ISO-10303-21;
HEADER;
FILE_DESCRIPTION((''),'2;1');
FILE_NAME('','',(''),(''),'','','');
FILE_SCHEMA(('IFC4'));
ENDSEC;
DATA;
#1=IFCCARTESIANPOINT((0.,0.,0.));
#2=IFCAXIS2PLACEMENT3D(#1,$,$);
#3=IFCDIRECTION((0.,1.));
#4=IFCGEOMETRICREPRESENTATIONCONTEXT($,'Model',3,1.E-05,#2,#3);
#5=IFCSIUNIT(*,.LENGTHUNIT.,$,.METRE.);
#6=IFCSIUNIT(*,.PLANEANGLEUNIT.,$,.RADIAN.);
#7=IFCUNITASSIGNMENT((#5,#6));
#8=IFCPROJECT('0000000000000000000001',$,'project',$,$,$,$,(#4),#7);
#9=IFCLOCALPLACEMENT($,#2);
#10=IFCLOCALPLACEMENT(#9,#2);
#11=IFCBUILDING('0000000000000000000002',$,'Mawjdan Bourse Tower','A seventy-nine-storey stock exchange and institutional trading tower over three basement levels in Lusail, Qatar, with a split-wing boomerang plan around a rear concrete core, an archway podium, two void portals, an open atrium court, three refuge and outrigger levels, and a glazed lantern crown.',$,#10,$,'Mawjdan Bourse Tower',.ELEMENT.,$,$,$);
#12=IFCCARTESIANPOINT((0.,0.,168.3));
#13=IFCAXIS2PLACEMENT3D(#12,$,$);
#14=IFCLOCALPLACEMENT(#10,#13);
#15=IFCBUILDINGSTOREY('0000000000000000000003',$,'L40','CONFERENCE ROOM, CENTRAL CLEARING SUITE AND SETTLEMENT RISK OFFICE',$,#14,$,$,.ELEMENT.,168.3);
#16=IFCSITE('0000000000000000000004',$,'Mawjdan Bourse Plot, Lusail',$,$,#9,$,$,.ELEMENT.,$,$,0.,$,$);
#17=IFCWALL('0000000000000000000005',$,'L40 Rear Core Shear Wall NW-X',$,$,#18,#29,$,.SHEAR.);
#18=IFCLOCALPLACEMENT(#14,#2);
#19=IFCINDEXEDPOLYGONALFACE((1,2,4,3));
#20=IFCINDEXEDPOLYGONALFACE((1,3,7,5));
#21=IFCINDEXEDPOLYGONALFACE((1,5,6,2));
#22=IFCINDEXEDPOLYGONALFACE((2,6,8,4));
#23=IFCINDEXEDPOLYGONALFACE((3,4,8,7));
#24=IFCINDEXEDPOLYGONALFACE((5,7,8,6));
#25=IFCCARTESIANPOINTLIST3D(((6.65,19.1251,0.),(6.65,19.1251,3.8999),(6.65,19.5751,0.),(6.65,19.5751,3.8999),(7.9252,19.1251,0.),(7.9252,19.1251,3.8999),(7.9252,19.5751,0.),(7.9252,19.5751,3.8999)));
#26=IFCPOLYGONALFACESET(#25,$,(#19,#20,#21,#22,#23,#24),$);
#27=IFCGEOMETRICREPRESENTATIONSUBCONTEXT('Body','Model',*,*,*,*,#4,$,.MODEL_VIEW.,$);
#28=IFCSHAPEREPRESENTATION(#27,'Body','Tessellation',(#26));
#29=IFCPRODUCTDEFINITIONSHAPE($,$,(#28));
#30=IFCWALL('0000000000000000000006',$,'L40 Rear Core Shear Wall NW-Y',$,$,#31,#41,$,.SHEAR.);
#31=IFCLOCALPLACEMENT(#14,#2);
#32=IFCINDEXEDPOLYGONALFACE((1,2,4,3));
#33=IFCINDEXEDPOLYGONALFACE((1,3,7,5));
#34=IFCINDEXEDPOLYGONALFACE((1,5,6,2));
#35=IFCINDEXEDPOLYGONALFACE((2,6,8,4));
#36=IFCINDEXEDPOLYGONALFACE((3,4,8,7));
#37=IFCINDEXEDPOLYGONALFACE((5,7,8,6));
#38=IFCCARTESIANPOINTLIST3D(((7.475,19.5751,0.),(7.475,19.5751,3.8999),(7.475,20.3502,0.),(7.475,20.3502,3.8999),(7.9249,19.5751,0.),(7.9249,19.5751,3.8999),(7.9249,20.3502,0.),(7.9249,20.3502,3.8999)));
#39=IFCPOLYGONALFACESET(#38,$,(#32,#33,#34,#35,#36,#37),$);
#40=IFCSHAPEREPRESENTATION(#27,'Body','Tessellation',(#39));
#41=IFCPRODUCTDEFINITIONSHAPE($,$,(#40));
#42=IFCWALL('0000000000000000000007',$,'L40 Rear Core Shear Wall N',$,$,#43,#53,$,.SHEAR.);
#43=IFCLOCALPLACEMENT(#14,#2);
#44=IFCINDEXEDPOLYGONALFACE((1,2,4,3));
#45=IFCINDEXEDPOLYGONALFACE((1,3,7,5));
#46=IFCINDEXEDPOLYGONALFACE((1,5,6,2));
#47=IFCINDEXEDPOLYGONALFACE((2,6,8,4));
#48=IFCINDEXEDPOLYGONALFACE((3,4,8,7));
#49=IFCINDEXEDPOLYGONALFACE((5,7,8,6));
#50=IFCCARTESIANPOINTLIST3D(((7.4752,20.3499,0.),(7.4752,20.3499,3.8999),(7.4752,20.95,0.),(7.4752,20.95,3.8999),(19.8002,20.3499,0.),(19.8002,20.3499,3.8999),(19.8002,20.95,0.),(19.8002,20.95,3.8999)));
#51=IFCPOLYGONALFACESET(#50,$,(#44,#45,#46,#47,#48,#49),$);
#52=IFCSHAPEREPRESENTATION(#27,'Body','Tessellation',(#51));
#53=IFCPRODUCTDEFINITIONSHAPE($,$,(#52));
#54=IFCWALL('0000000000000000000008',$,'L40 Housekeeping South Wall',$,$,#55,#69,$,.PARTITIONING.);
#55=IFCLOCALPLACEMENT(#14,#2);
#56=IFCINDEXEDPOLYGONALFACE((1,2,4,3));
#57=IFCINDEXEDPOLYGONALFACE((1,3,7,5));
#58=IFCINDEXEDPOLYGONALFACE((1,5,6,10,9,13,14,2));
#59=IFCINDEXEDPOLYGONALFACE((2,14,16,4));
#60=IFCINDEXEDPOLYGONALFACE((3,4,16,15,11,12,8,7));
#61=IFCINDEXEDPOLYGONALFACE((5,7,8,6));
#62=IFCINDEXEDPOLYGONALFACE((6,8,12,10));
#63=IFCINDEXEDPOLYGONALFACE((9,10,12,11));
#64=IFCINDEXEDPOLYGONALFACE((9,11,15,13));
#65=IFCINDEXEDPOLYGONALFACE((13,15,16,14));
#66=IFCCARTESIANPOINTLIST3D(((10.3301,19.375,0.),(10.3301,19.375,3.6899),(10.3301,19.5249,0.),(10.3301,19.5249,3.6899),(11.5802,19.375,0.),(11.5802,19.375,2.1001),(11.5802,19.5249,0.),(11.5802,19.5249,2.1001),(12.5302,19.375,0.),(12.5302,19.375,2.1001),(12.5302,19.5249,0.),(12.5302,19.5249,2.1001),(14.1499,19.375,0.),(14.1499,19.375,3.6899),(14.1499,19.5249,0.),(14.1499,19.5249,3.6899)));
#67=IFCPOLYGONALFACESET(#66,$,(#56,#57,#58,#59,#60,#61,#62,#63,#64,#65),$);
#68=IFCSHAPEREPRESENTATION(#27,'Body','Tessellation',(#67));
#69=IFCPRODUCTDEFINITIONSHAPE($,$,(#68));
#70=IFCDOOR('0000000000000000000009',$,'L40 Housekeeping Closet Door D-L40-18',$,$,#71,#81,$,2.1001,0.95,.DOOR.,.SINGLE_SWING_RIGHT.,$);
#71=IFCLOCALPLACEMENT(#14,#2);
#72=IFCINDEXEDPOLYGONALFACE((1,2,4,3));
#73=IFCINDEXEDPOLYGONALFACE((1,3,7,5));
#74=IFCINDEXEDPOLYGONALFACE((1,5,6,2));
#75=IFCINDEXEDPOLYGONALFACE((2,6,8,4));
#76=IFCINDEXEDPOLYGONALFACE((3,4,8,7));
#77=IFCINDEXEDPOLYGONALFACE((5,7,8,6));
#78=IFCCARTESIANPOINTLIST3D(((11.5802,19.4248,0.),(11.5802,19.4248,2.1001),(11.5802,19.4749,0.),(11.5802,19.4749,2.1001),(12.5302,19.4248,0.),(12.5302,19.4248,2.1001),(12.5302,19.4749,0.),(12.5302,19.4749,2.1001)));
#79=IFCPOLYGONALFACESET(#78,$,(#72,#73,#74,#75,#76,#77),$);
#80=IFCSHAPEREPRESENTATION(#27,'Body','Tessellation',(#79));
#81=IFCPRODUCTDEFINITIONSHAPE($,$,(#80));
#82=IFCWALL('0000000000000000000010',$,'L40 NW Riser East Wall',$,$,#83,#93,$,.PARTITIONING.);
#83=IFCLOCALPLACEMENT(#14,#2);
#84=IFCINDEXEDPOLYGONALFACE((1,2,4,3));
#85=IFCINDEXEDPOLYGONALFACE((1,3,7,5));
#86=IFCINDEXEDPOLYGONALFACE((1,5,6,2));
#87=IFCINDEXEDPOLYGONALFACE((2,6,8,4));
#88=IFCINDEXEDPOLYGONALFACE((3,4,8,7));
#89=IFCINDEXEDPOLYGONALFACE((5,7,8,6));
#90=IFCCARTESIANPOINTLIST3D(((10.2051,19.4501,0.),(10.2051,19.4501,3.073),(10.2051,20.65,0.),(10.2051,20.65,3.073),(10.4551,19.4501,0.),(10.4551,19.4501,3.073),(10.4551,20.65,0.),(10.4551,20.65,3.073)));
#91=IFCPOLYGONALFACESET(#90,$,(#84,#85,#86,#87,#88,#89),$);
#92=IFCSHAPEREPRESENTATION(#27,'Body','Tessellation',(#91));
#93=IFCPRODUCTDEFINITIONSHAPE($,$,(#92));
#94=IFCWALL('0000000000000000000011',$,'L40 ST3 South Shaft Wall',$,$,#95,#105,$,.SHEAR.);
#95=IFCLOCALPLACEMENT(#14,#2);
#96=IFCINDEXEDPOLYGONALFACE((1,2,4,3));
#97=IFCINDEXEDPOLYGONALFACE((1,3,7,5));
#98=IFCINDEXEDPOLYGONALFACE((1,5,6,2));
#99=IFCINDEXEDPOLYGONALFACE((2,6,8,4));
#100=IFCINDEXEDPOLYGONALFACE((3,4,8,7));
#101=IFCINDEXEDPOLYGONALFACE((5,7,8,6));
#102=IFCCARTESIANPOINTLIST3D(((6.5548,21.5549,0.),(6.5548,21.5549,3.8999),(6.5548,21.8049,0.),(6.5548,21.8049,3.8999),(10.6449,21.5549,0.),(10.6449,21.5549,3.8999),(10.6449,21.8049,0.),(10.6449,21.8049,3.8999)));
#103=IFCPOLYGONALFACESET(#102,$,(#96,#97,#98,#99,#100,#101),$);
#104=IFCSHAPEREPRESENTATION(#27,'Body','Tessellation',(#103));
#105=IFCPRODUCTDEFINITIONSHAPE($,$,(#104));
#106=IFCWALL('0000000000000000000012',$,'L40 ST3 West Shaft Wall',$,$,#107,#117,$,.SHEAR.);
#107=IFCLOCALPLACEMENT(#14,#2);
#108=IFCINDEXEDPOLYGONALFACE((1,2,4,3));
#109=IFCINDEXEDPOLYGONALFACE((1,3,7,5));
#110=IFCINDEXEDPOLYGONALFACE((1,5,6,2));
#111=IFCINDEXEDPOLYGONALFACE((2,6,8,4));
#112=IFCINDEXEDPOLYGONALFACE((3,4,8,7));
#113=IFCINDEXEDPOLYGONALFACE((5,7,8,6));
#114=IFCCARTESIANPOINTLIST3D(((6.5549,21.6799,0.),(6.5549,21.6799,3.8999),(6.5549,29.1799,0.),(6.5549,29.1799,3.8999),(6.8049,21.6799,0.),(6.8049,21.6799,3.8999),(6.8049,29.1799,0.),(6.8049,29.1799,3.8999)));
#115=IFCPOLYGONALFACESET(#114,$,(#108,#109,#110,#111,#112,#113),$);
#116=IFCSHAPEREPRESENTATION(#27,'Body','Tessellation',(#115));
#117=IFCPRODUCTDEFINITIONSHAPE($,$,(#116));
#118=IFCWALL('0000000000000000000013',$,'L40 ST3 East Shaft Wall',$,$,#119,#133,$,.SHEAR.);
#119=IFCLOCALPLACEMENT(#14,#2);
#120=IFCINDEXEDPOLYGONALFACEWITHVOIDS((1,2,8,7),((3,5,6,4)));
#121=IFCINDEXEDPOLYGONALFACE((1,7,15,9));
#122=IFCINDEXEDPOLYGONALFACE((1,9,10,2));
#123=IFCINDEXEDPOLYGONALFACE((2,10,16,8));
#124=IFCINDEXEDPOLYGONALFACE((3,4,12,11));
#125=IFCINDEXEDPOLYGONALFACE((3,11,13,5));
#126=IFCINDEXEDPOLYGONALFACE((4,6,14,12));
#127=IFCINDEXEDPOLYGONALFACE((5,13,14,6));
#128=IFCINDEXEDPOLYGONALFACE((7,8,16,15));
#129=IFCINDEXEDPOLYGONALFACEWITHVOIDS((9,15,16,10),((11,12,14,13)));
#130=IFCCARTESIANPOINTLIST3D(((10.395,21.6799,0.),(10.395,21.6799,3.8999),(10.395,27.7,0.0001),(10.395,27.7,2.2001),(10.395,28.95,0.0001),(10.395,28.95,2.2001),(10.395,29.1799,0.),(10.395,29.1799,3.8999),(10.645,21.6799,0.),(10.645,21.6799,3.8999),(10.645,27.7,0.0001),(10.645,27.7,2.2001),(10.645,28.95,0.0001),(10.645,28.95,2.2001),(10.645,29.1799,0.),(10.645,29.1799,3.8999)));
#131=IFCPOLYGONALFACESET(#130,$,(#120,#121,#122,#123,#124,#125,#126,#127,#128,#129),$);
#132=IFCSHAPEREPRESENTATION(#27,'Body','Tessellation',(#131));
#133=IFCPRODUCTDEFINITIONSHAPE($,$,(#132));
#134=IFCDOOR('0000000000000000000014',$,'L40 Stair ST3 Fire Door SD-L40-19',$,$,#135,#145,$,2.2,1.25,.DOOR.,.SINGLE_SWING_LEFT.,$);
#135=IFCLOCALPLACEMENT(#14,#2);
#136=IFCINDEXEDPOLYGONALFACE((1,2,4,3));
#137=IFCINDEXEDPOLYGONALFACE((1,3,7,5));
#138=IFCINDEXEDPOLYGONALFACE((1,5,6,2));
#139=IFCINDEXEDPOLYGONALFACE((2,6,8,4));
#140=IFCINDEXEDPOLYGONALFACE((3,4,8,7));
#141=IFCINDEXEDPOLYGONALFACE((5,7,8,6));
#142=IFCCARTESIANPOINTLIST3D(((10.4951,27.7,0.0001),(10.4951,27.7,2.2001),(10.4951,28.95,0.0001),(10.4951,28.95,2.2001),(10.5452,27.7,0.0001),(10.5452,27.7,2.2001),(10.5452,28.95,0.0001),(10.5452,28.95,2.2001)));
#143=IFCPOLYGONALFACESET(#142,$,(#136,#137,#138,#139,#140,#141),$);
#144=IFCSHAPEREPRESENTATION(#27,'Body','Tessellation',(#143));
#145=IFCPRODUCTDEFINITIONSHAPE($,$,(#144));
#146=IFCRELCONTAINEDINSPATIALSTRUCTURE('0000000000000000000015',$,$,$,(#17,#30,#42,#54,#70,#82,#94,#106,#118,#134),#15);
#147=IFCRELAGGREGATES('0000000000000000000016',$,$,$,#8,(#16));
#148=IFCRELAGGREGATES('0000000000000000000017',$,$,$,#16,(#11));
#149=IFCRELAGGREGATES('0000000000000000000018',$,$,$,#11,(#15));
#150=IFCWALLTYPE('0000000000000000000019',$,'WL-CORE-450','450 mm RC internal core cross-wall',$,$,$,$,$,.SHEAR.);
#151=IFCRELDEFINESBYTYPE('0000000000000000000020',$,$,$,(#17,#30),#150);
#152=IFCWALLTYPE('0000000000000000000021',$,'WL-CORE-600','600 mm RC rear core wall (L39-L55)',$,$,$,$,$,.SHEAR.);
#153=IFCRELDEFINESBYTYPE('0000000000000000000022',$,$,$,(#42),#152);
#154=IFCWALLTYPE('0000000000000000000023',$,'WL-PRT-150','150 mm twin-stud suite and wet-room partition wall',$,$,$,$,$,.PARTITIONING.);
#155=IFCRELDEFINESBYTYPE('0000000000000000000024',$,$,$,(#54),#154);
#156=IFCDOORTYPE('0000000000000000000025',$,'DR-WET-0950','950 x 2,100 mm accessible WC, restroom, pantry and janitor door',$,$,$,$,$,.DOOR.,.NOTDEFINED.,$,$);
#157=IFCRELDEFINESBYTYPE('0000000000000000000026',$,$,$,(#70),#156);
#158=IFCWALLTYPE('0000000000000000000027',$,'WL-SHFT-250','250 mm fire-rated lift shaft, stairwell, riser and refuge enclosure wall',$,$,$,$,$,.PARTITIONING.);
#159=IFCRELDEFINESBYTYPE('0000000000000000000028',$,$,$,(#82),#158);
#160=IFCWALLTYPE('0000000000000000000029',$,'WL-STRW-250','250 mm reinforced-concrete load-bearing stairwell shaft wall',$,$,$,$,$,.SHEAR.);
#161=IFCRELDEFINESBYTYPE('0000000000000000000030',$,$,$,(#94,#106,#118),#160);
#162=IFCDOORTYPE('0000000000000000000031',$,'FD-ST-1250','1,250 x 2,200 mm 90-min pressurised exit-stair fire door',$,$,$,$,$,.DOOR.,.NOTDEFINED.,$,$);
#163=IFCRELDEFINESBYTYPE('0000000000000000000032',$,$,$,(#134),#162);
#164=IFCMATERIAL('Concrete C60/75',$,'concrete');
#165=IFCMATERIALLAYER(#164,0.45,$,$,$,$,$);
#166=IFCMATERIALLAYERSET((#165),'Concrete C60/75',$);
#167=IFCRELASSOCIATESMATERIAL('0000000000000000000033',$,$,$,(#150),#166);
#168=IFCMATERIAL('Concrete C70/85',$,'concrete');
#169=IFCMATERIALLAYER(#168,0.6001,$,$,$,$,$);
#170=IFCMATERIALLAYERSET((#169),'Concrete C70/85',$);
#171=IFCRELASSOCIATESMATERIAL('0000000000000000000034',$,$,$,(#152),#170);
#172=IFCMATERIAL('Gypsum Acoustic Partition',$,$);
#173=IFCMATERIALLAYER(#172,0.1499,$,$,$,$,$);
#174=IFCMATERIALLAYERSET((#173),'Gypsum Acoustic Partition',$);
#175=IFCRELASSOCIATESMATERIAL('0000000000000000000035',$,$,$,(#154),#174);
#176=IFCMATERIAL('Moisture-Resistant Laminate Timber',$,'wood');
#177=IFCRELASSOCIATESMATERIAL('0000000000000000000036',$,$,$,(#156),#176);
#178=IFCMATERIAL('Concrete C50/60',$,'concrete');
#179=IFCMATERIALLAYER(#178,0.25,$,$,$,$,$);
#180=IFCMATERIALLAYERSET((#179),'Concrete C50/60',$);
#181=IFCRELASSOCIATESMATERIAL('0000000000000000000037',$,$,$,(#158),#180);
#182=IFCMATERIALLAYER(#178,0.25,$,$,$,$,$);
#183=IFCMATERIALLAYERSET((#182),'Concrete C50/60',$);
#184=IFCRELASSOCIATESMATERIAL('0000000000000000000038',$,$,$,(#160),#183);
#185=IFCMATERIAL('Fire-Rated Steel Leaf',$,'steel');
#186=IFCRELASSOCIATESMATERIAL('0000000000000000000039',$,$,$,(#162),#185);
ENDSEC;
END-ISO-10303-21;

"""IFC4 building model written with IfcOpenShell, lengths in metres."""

from ifc_helpers import new_model, si_unit, direction, frame, frame_2d, origin, place, context, subcontext, project, spatial, rectangle, extrude, material, layer, layer_set, type_object, element, fill, save


model = new_model("IFC4")

# Units and contexts
model_context = context("Model", 3, precision=1e-05, world=origin(), true_north=direction((0.0, 1.0)))
body_context = subcontext(model_context, "Body", "Model", "MODEL_VIEW")
ifc_project = project(units=[si_unit("LENGTHUNIT", "METRE"), si_unit("PLANEANGLEUNIT", "RADIAN")], contexts=[model_context])

# Site, building, storey
site_placement = place(None, origin())
site = spatial("IfcSite", under=ifc_project, at=site_placement, Name="Mawjdan Bourse Plot, Lusail", CompositionType="ELEMENT", RefElevation=0.0)
building_placement = place(site_placement, origin())
building = spatial("IfcBuilding", under=site, at=building_placement, Name="Mawjdan Bourse Tower", Description="A seventy-nine-storey stock exchange and institutional trading tower over three basement levels in Lusail, Qatar, with a split-wing boomerang plan around a rear concrete core, an archway podium, two void portals, an open atrium court, three refuge and outrigger levels, and a glazed lantern crown.", LongName="Mawjdan Bourse Tower", CompositionType="ELEMENT")
storey_placement = place(building_placement, frame((0.0, 0.0, 168.3)))
storey = spatial("IfcBuildingStorey", under=building, at=storey_placement, Name="L40", Description="CONFERENCE ROOM, CENTRAL CLEARING SUITE AND SETTLEMENT RISK OFFICE", CompositionType="ELEMENT", Elevation=168.3)

# Shared definitions
ifc_material_1 = material(Name="Concrete C70/85", Category="concrete")

# Walls
ifc_material_2 = material(Name="Concrete C60/75", Category="concrete")
ifc_layer_1 = layer(ifc_material_2, 0.45)
ifc_layer_set_1 = layer_set([ifc_layer_1], Name="Concrete C60/75")
wall_type_1 = type_object("IfcWallType", Name="WL-CORE-450", Description="450 mm RC internal core cross-wall", PredefinedType="SHEAR", material=ifc_layer_set_1)
wall_1_placement = place(storey_placement, frame((6.6499, 19.3501, 0.0), z_axis=(0.0, 0.0, 1.0), x_axis=(1.0, 0.0, 0.0)))
element("IfcWall", 1, at=wall_1_placement, inside=storey, type_object=wall_type_1, Name="L40 Rear Core Shear Wall NW-X", PredefinedType="SHEAR", context=body_context, shape_type="SweptSolid", body=[
    extrude(rectangle(XDim=1.2751, YDim=0.45, at=frame_2d((0.6377, 0.0))), origin(), (0.0, 0.0, 1.0), 3.8999),
])
wall_2_placement = place(storey_placement, frame((7.7, 19.575, 0.0), z_axis=(0.0, 0.0, 1.0), x_axis=(0.0, 1.0, 0.0)))
element("IfcWall", 2, at=wall_2_placement, inside=storey, type_object=wall_type_1, Name="L40 Rear Core Shear Wall NW-Y", PredefinedType="SHEAR", context=body_context, shape_type="SweptSolid", body=[
    extrude(rectangle(XDim=0.7751, YDim=0.45, at=frame_2d((0.3877, 0.0))), origin(), (0.0, 0.0, 1.0), 3.8999),
])
ifc_layer_2 = layer(ifc_material_1, 0.6001)
ifc_layer_set_2 = layer_set([ifc_layer_2], Name="Concrete C70/85")
wall_type_2 = type_object("IfcWallType", Name="WL-CORE-600", Description="600 mm RC rear core wall (L39-L55)", PredefinedType="SHEAR", material=ifc_layer_set_2)
wall_3_placement = place(storey_placement, frame((7.4751, 20.6499, 0.0), z_axis=(0.0, 0.0, 1.0), x_axis=(1.0, 0.0, 0.0)))
element("IfcWall", 3, at=wall_3_placement, inside=storey, type_object=wall_type_2, Name="L40 Rear Core Shear Wall N", PredefinedType="SHEAR", context=body_context, shape_type="SweptSolid", body=[
    extrude(rectangle(XDim=12.325, YDim=0.6001, at=frame_2d((6.1626, 0.0))), origin(), (0.0, 0.0, 1.0), 3.8999),
])

# Wall, opening, door
ifc_material_3 = material(Name="Gypsum Acoustic Partition")
ifc_layer_3 = layer(ifc_material_3, 0.1499)
ifc_layer_set_3 = layer_set([ifc_layer_3], Name="Gypsum Acoustic Partition")
wall_type_3 = type_object("IfcWallType", Name="WL-PRT-150", Description="150 mm twin-stud suite and wet-room partition wall", PredefinedType="PARTITIONING", material=ifc_layer_set_3)
wall_4_placement = place(storey_placement, frame((10.3301, 19.45, 0.0), z_axis=(0.0, 0.0, 1.0), x_axis=(1.0, 0.0, 0.0)))
wall_4 = element("IfcWall", 4, at=wall_4_placement, inside=storey, type_object=wall_type_3, Name="L40 Housekeeping South Wall", PredefinedType="PARTITIONING", context=body_context, shape_type="SweptSolid", body=[
    extrude(rectangle(XDim=3.8198, YDim=0.1499, at=frame_2d((1.9099, 0.0))), origin(), (0.0, 0.0, 1.0), 3.6899),
])
opening_1_placement = place(wall_4_placement, frame((1.25, 0.0, 0.0)))
opening_1 = element("IfcOpeningElement", 5, at=opening_1_placement, cuts=wall_4, PredefinedType="OPENING", context=body_context, shape_type="SweptSolid", body=[
    extrude(rectangle(XDim=0.95, YDim=2.1001, at=frame_2d((0.4751, 1.05))), frame((0.0, 0.085, 0.0), z_axis=(0.0, -1.0, 0.0), x_axis=(1.0, 0.0, 0.0)), (0.0, 0.0, 1.0), 0.1699),
])
ifc_material_4 = material(Name="Moisture-Resistant Laminate Timber", Category="wood")
door_type_1 = type_object("IfcDoorType", Name="DR-WET-0950", Description="950 x 2,100 mm accessible WC, restroom, pantry and janitor door", OperationType="NOTDEFINED", PredefinedType="DOOR", material=ifc_material_4)
door_1_placement = place(opening_1_placement, origin())
door_1 = element("IfcDoor", 6, at=door_1_placement, inside=storey, type_object=door_type_1, Name="L40 Housekeeping Closet Door D-L40-18", OperationType="SINGLE_SWING_RIGHT", OverallHeight=2.1001, OverallWidth=0.95, PredefinedType="DOOR", context=body_context, shape_type="SweptSolid", body=[
    extrude(rectangle(XDim=0.95, YDim=2.1001, at=frame_2d((0.4751, 1.05))), frame((0.0, 0.0249, 0.0), z_axis=(0.0, -1.0, 0.0), x_axis=(1.0, 0.0, 0.0)), (0.0, 0.0, 1.0), 0.05),
])
fill(opening_1, door_1)

# Walls
ifc_material_5 = material(Name="Concrete C50/60", Category="concrete")
ifc_layer_4 = layer(ifc_material_5, 0.25)
ifc_layer_set_4 = layer_set([ifc_layer_4], Name="Concrete C50/60")
wall_type_4 = type_object("IfcWallType", Name="WL-SHFT-250", Description="250 mm fire-rated lift shaft, stairwell, riser and refuge enclosure wall", PredefinedType="PARTITIONING", material=ifc_layer_set_4)
wall_5_placement = place(storey_placement, frame((10.3301, 19.45, 0.0), z_axis=(0.0, 0.0, 1.0), x_axis=(0.0, 1.0, 0.0)))
element("IfcWall", 7, at=wall_5_placement, inside=storey, type_object=wall_type_4, Name="L40 NW Riser East Wall", PredefinedType="PARTITIONING", context=body_context, shape_type="SweptSolid", body=[
    extrude(rectangle(XDim=1.2, YDim=0.25, at=frame_2d((0.6001, 0.0))), origin(), (0.0, 0.0, 1.0), 3.073),
])
ifc_layer_5 = layer(ifc_material_5, 0.25)
ifc_layer_set_5 = layer_set([ifc_layer_5], Name="Concrete C50/60")
wall_type_5 = type_object("IfcWallType", Name="WL-STRW-250", Description="250 mm reinforced-concrete load-bearing stairwell shaft wall", PredefinedType="SHEAR", material=ifc_layer_set_5)
wall_6_placement = place(storey_placement, frame((6.5549, 21.6799, 0.0), z_axis=(0.0, 0.0, 1.0), x_axis=(1.0, 0.0, 0.0)))
element("IfcWall", 8, at=wall_6_placement, inside=storey, type_object=wall_type_5, Name="L40 ST3 South Shaft Wall", PredefinedType="SHEAR", context=body_context, shape_type="SweptSolid", body=[
    extrude(rectangle(XDim=4.0901, YDim=0.25, at=frame_2d((2.0449, 0.0))), origin(), (0.0, 0.0, 1.0), 3.8999),
])
wall_7_placement = place(storey_placement, frame((6.6799, 21.6799, 0.0), z_axis=(0.0, 0.0, 1.0), x_axis=(0.0, 1.0, 0.0)))
element("IfcWall", 9, at=wall_7_placement, inside=storey, type_object=wall_type_5, Name="L40 ST3 West Shaft Wall", PredefinedType="SHEAR", context=body_context, shape_type="SweptSolid", body=[
    extrude(rectangle(XDim=7.5, YDim=0.25, at=frame_2d((3.75, 0.0))), origin(), (0.0, 0.0, 1.0), 3.8999),
])

# Wall, opening, door
wall_8_placement = place(storey_placement, frame((10.52, 21.6799, 0.0), z_axis=(0.0, 0.0, 1.0), x_axis=(0.0, 1.0, 0.0)))
wall_8 = element("IfcWall", 10, at=wall_8_placement, inside=storey, type_object=wall_type_5, Name="L40 ST3 East Shaft Wall", PredefinedType="SHEAR", context=body_context, shape_type="SweptSolid", body=[
    extrude(rectangle(XDim=7.5, YDim=0.25, at=frame_2d((3.75, 0.0))), origin(), (0.0, 0.0, 1.0), 3.8999),
])
opening_2_placement = place(wall_8_placement, frame((6.02, 0.0, 0.0)))
opening_2 = element("IfcOpeningElement", 11, at=opening_2_placement, cuts=wall_8, PredefinedType="OPENING", context=body_context, shape_type="SweptSolid", body=[
    extrude(rectangle(XDim=1.25, YDim=2.2, at=frame_2d((0.625, 1.1001))), frame((0.0, 0.135, 0.0), z_axis=(0.0, -1.0, 0.0), x_axis=(1.0, 0.0, 0.0)), (0.0, 0.0, 1.0), 0.27),
])
ifc_material_6 = material(Name="Fire-Rated Steel Leaf", Category="steel")
door_type_2 = type_object("IfcDoorType", Name="FD-ST-1250", Description="1,250 x 2,200 mm 90-min pressurised exit-stair fire door", OperationType="NOTDEFINED", PredefinedType="DOOR", material=ifc_material_6)
door_2_placement = place(opening_2_placement, origin())
door_2 = element("IfcDoor", 12, at=door_2_placement, inside=storey, type_object=door_type_2, Name="L40 Stair ST3 Fire Door SD-L40-19", OperationType="SINGLE_SWING_LEFT", OverallHeight=2.2, OverallWidth=1.25, PredefinedType="DOOR", context=body_context, shape_type="SweptSolid", body=[
    extrude(rectangle(XDim=1.25, YDim=2.2, at=frame_2d((0.625, 1.1001))), frame((0.0, 0.0249, 0.0), z_axis=(0.0, -1.0, 0.0), x_axis=(1.0, 0.0, 0.0)), (0.0, 0.0, 1.0), 0.05),
])
fill(opening_2, door_2)

save(model, "model.ifc")
